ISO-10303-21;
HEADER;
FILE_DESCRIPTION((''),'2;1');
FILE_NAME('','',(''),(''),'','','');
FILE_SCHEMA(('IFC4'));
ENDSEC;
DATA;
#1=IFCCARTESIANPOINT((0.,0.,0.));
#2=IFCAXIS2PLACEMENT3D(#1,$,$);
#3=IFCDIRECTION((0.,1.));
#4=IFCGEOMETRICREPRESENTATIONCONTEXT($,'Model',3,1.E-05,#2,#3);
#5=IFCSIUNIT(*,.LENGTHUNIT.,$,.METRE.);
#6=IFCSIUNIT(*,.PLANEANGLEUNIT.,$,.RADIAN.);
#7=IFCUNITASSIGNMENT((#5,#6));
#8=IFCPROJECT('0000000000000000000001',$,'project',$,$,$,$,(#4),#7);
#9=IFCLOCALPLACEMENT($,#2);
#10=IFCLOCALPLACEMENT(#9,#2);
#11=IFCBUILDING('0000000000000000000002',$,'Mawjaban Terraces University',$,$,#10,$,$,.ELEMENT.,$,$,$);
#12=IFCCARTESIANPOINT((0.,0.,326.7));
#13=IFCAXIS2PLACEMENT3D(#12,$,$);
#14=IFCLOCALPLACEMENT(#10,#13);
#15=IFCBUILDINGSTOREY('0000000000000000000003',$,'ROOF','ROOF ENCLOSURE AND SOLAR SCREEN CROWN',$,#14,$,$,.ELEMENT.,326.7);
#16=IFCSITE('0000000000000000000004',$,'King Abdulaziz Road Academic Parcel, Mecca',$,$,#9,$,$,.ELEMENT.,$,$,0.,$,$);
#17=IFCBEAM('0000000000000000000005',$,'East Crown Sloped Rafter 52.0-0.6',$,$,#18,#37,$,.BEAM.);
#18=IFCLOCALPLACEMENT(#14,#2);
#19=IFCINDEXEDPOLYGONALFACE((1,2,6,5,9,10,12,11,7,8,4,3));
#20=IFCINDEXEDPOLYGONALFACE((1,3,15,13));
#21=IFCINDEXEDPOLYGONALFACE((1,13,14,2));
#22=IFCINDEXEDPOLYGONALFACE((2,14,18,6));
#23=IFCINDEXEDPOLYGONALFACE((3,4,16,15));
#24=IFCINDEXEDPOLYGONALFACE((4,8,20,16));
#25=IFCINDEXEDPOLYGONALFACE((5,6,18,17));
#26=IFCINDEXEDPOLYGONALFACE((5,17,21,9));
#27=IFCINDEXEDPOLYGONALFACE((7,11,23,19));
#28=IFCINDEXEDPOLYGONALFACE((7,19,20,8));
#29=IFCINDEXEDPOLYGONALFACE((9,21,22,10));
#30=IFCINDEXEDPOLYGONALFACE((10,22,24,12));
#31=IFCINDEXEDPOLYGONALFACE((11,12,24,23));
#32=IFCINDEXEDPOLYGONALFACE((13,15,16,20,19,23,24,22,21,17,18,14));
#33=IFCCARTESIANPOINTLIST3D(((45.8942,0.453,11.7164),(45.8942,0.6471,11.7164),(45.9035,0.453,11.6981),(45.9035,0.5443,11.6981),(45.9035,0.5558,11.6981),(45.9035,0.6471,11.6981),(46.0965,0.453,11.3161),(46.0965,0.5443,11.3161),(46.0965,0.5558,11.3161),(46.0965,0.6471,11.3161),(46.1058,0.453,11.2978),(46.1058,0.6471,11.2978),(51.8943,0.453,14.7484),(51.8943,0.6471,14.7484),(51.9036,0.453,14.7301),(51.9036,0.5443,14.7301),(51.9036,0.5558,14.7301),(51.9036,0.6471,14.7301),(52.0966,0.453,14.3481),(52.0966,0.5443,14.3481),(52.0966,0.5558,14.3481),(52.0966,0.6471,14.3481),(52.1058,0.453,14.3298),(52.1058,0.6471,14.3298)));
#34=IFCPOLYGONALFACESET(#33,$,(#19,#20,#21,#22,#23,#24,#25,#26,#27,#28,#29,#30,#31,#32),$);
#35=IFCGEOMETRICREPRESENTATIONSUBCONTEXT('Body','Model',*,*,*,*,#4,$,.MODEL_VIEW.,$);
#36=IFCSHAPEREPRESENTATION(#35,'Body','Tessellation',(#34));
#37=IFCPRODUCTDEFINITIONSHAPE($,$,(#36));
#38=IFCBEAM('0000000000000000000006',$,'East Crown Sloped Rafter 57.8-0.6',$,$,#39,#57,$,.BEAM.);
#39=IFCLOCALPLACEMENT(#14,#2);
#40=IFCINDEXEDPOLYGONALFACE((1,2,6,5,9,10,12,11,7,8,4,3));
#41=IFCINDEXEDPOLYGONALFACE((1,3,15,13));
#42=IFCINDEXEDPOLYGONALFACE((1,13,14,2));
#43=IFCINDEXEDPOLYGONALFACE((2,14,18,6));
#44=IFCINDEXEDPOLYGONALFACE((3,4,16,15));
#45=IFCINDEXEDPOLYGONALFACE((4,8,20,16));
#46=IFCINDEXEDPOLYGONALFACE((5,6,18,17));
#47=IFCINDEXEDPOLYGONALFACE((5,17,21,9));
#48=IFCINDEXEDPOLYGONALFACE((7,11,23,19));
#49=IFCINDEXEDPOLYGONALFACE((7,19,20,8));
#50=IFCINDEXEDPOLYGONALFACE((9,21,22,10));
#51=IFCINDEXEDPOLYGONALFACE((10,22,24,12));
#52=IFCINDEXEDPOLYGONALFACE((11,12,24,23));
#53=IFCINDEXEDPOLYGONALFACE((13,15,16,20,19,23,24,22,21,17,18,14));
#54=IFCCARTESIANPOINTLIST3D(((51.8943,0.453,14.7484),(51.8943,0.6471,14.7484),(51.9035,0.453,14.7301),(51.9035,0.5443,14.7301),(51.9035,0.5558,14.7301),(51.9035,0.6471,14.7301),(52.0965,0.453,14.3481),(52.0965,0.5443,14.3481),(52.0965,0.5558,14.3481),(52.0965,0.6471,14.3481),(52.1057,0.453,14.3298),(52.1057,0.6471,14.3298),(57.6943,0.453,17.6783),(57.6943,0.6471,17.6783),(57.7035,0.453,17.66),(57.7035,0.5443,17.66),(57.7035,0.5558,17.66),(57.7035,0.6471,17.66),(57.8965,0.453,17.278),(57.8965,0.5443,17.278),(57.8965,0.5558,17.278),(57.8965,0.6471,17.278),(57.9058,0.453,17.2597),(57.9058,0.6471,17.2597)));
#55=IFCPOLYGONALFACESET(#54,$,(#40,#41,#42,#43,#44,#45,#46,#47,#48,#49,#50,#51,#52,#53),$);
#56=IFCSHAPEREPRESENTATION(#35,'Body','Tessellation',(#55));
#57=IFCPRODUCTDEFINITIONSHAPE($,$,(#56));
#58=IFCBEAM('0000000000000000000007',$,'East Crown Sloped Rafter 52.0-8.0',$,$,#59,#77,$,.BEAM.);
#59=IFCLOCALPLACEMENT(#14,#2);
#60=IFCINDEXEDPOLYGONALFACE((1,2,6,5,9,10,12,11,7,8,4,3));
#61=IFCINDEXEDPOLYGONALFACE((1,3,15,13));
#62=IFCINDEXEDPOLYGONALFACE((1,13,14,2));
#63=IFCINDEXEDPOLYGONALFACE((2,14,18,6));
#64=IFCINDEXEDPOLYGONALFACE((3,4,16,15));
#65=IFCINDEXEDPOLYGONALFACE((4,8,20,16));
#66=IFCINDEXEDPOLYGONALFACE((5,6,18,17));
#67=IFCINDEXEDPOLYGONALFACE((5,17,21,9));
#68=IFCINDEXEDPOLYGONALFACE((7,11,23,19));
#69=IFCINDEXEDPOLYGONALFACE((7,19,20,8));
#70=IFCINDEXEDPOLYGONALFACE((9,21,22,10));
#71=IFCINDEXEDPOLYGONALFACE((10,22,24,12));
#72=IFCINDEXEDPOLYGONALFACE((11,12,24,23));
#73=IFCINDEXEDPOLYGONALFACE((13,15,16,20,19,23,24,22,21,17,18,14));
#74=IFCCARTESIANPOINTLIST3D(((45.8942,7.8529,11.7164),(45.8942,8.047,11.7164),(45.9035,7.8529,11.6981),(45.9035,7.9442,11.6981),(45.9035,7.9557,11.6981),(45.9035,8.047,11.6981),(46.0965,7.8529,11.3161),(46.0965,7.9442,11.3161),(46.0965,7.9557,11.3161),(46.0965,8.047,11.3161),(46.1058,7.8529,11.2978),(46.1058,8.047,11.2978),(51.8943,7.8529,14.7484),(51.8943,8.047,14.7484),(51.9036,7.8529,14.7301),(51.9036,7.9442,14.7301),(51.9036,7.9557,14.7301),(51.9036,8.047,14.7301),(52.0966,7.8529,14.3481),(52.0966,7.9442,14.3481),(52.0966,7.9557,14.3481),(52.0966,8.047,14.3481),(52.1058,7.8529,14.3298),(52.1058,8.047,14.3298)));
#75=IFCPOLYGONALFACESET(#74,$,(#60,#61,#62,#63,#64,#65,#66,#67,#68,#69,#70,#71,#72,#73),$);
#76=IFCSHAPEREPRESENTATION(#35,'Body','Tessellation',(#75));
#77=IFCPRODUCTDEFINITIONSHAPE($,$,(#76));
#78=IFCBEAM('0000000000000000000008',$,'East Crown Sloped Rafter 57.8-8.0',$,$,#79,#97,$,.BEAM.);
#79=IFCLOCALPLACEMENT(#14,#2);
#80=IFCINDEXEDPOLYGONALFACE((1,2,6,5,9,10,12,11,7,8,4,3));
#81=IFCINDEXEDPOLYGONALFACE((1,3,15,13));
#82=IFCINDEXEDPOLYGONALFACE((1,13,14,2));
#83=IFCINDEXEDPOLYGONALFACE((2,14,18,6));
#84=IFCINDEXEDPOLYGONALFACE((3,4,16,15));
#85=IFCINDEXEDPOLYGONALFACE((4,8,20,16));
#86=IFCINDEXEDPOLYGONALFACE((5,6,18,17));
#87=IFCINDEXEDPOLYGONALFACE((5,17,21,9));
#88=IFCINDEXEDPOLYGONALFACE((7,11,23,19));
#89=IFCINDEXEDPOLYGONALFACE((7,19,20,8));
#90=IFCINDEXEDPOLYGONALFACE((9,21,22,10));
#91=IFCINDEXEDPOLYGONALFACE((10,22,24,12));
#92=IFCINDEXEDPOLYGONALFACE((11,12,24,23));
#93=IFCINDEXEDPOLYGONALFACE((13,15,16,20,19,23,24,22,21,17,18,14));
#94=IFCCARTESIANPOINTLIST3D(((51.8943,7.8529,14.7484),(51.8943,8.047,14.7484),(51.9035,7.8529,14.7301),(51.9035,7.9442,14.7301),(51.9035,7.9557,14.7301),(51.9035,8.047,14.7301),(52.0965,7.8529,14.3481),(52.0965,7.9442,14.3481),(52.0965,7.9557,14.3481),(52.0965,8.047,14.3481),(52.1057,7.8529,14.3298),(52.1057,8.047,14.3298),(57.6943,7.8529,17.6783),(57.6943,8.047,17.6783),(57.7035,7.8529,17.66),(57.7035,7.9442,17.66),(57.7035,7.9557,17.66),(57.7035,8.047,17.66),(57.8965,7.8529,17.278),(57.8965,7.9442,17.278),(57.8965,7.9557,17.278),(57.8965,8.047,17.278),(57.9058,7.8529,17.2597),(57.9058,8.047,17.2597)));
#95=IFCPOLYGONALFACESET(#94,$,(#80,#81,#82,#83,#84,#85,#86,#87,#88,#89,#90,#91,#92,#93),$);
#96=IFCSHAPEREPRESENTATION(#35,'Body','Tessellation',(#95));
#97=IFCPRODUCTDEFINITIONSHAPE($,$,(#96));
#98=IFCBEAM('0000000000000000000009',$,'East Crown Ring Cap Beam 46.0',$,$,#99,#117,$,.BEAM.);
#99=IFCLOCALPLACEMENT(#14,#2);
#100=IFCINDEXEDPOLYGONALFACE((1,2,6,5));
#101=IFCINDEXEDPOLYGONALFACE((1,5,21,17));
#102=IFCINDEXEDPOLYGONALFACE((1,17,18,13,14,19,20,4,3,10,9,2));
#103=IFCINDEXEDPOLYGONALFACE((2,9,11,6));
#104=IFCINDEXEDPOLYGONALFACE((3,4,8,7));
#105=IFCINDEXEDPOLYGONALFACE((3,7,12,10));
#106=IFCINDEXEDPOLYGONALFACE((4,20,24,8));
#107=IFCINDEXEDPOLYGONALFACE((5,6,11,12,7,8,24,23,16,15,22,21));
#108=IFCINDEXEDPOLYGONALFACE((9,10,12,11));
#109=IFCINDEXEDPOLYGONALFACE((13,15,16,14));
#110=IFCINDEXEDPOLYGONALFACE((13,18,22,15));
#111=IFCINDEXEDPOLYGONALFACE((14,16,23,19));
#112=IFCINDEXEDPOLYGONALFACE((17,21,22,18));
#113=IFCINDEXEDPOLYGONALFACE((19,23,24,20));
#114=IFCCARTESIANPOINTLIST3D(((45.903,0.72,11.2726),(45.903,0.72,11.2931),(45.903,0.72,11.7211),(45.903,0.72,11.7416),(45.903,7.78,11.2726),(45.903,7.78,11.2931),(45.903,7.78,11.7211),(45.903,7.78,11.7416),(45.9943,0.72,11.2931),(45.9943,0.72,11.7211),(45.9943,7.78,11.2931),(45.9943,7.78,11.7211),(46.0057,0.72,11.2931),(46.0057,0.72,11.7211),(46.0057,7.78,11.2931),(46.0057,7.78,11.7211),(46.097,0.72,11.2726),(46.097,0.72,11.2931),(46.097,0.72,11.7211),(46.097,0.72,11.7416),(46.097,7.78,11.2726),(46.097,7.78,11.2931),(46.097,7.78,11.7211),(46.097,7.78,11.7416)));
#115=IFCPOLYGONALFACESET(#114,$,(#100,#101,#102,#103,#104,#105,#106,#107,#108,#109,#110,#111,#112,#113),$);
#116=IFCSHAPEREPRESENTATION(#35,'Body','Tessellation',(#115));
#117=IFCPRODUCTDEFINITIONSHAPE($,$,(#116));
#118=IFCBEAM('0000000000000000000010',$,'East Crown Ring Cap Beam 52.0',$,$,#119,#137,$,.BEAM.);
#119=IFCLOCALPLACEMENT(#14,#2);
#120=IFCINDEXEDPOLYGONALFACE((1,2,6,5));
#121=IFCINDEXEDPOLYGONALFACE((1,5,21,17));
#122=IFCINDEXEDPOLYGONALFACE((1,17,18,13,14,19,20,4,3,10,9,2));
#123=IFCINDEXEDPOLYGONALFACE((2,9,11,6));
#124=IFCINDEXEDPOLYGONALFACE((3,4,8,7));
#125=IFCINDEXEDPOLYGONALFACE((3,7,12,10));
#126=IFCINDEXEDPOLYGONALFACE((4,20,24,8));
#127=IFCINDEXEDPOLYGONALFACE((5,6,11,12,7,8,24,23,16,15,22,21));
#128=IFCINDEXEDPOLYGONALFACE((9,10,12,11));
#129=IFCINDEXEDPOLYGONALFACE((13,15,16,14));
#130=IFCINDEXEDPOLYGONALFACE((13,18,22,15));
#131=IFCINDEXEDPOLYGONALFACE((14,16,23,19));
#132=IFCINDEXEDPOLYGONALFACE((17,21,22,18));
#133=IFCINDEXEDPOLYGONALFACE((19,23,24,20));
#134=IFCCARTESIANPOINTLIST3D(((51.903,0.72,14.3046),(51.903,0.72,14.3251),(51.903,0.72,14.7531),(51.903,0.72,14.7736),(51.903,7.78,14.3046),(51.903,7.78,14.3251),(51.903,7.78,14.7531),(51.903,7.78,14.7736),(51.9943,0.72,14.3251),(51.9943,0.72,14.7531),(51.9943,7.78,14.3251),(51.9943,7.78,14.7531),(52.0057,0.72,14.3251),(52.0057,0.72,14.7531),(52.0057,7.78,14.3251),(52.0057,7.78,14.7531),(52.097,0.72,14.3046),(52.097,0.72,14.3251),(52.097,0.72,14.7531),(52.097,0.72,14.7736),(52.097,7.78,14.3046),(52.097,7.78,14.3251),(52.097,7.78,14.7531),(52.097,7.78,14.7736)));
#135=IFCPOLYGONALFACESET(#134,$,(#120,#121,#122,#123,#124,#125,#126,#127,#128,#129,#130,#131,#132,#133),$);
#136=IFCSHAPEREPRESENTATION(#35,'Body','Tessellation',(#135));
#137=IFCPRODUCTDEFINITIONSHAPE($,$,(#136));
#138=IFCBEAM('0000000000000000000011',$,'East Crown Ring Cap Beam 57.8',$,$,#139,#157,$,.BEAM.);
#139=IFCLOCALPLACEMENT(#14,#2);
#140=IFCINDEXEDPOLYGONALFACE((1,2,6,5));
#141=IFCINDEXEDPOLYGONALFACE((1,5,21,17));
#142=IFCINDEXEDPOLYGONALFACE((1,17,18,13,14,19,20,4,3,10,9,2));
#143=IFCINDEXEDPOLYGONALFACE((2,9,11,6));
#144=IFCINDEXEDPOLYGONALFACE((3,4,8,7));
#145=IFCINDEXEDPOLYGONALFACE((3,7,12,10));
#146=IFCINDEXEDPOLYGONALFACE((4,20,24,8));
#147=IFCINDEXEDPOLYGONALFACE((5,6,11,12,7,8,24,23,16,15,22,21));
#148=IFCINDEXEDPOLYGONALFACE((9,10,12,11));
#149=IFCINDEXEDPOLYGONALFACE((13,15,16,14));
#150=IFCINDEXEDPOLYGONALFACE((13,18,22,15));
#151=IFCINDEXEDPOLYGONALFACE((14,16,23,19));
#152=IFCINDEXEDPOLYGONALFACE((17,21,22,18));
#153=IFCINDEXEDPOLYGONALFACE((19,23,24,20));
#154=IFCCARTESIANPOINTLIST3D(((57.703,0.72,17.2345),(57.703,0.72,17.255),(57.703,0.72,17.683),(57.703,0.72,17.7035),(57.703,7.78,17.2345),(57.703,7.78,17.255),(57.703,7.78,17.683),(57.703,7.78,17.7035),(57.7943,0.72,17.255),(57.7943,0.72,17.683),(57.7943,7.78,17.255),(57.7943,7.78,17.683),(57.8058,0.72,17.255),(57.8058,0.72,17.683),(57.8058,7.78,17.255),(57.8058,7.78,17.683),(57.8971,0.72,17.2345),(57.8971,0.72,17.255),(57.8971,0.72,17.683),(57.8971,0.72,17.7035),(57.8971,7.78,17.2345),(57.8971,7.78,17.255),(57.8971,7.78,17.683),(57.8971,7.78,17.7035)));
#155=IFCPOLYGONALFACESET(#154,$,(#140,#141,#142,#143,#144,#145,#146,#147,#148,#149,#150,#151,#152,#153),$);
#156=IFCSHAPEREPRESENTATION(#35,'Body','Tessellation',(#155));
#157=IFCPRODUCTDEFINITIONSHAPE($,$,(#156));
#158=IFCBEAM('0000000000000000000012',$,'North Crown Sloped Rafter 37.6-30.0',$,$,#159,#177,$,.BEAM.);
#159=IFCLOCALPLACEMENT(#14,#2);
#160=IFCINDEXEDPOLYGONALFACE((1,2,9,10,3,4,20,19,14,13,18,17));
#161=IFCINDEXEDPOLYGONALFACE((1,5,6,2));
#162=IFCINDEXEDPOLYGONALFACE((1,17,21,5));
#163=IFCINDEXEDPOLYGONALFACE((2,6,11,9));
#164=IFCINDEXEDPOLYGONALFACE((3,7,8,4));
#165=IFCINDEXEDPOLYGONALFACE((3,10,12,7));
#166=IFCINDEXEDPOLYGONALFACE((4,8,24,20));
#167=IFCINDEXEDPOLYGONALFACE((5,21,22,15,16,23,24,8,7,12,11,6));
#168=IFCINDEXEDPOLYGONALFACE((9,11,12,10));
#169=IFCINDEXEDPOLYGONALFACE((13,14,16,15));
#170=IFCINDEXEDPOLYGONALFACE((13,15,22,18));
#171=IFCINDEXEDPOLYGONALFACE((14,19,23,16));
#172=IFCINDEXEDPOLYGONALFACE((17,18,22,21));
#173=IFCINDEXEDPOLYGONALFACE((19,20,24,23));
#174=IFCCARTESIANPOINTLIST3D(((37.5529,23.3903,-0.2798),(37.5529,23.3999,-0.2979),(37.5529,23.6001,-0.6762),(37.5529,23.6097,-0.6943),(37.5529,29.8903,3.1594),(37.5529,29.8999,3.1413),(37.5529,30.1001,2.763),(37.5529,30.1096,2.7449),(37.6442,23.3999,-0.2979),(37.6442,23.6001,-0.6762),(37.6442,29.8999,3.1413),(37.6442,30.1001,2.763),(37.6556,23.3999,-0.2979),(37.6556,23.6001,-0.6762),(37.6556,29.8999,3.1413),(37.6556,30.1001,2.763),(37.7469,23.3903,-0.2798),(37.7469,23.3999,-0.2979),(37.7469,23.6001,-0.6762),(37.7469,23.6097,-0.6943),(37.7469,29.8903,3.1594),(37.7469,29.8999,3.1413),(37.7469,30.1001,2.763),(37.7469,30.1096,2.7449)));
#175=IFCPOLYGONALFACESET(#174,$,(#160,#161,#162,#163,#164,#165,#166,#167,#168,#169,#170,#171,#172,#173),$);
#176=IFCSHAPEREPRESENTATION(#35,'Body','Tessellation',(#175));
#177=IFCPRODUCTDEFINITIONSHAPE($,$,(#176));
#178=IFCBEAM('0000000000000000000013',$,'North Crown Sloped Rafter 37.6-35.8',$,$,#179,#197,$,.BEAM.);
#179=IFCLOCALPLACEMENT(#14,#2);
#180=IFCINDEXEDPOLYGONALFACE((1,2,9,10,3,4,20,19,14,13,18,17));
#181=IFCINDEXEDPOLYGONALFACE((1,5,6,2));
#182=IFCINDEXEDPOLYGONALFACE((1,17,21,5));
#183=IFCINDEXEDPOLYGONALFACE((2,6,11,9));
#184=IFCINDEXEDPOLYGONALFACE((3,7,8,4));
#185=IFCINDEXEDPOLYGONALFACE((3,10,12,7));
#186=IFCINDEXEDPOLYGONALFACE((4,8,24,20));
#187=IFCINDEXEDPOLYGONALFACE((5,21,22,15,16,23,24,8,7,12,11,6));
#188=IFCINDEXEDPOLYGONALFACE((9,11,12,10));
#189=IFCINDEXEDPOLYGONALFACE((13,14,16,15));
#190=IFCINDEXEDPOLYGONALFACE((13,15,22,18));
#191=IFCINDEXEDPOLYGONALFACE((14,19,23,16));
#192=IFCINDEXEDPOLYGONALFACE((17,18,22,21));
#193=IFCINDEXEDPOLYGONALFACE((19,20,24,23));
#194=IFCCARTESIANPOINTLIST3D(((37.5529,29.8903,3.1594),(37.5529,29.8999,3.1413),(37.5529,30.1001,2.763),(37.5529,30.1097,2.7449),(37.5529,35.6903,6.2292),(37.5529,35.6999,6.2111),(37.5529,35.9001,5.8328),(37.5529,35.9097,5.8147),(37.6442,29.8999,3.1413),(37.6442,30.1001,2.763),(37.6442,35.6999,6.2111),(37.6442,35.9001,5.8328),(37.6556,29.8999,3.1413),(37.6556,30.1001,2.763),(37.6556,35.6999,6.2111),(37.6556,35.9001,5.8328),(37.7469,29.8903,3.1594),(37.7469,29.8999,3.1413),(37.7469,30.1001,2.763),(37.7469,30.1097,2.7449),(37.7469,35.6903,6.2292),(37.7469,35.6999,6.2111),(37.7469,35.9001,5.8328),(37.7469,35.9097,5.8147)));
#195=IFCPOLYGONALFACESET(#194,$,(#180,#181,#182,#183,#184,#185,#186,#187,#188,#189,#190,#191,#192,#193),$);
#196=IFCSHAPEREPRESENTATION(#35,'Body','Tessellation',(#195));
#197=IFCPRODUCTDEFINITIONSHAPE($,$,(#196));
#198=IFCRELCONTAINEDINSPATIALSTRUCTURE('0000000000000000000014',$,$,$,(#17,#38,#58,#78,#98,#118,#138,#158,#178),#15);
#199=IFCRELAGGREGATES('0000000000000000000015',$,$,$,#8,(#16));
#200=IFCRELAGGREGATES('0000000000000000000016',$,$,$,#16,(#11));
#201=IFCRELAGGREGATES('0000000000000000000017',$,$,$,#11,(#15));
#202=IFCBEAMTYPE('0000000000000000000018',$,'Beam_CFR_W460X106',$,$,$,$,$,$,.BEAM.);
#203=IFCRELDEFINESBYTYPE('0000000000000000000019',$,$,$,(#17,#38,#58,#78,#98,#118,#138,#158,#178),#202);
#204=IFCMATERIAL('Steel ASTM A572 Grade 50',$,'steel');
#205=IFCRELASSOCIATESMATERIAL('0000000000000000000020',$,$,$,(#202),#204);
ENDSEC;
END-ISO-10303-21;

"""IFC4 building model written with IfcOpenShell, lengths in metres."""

from ifc_helpers import new_model, si_unit, direction, frame, origin, origin_2d, place, context, subcontext, project, spatial, i_section, extrude, material, material_profile, profile_set, type_object, element, save


model = new_model("IFC4")

# Units and contexts
model_context = context("Model", 3, precision=1e-05, world=origin(), true_north=direction((0.0, 1.0)))
body_context = subcontext(model_context, "Body", "Model", "MODEL_VIEW")
ifc_project = project(units=[si_unit("LENGTHUNIT", "METRE"), si_unit("PLANEANGLEUNIT", "RADIAN")], contexts=[model_context])

# Site, building, storey
site_placement = place(None, origin())
site = spatial("IfcSite", under=ifc_project, at=site_placement, Name="King Abdulaziz Road Academic Parcel, Mecca", CompositionType="ELEMENT", RefElevation=0.0)
building_placement = place(site_placement, origin())
building = spatial("IfcBuilding", under=site, at=building_placement, Name="Mawjaban Terraces University", CompositionType="ELEMENT")
storey_placement = place(building_placement, frame((0.0, 0.0, 326.7)))
storey = spatial("IfcBuildingStorey", under=building, at=storey_placement, Name="ROOF", Description="ROOF ENCLOSURE AND SOLAR SCREEN CROWN", CompositionType="ELEMENT", Elevation=326.7)

# Beams
ifc_material_1 = material(Name="Steel ASTM A572 Grade 50", Category="steel")
ifc_material_profile_1 = material_profile(ifc_material_1, i_section(OverallWidth=0.1941, OverallDepth=0.469, WebThickness=0.0115, FlangeThickness=0.0205, at=origin_2d()), Name="W460X106")
ifc_profile_set_1 = profile_set([ifc_material_profile_1], Name="Steel ASTM A572 Grade 50")
beam_type = type_object("IfcBeamType", Name="Beam_CFR_W460X106", PredefinedType="BEAM", material=ifc_profile_set_1)
beam_1_placement = place(storey_placement, frame((46.0, 0.55, 11.5071), z_axis=(0.892516, 0.0, 0.451016), x_axis=(0.0, 1.0, 0.0)))
element("IfcBeam", 1, at=beam_1_placement, inside=storey, type_object=beam_type, Name="East Crown Sloped Rafter 52.0-0.6", PredefinedType="BEAM", context=body_context, shape_type="SweptSolid", body=[
    extrude(i_section(OverallWidth=0.1941, OverallDepth=0.469, WebThickness=0.0115, FlangeThickness=0.0205, at=origin_2d()), origin(), (0.0, 0.0, 1.0), 6.7227),
])
beam_2_placement = place(storey_placement, frame((52.0, 0.55, 14.5391), z_axis=(0.892579, 0.0, 0.450892), x_axis=(0.0, 1.0, 0.0)))
element("IfcBeam", 2, at=beam_2_placement, inside=storey, type_object=beam_type, Name="East Crown Sloped Rafter 57.8-0.6", PredefinedType="BEAM", context=body_context, shape_type="SweptSolid", body=[
    extrude(i_section(OverallWidth=0.1941, OverallDepth=0.469, WebThickness=0.0115, FlangeThickness=0.0205, at=origin_2d()), origin(), (0.0, 0.0, 1.0), 6.498),
])
beam_3_placement = place(storey_placement, frame((46.0, 7.95, 11.5071), z_axis=(0.892516, 0.0, 0.451016), x_axis=(0.0, 1.0, 0.0)))
element("IfcBeam", 3, at=beam_3_placement, inside=storey, type_object=beam_type, Name="East Crown Sloped Rafter 52.0-8.0", PredefinedType="BEAM", context=body_context, shape_type="SweptSolid", body=[
    extrude(i_section(OverallWidth=0.1941, OverallDepth=0.469, WebThickness=0.0115, FlangeThickness=0.0205, at=origin_2d()), origin(), (0.0, 0.0, 1.0), 6.7227),
])
beam_4_placement = place(storey_placement, frame((52.0, 7.95, 14.5391), z_axis=(0.892579, 0.0, 0.450892), x_axis=(0.0, 1.0, 0.0)))
element("IfcBeam", 4, at=beam_4_placement, inside=storey, type_object=beam_type, Name="East Crown Sloped Rafter 57.8-8.0", PredefinedType="BEAM", context=body_context, shape_type="SweptSolid", body=[
    extrude(i_section(OverallWidth=0.1941, OverallDepth=0.469, WebThickness=0.0115, FlangeThickness=0.0205, at=origin_2d()), origin(), (0.0, 0.0, 1.0), 6.498),
])
for number, where, z_axis, x_axis, name in (
    (5, (46.0, 0.72, 11.5071), (0.0, 1.0, 0.0), (-1.0, 0.0, 0.0), "East Crown Ring Cap Beam 46.0"),
    (6, (52.0, 0.72, 14.5391), (0.0, 1.0, 0.0), (-1.0, 0.0, 0.0), "East Crown Ring Cap Beam 52.0"),
    (7, (57.8, 0.72, 17.469), (0.0, 1.0, 0.0), (-1.0, 0.0, 0.0), "East Crown Ring Cap Beam 57.8"),
):
    element("IfcBeam", number, at=place(storey_placement, frame(where, z_axis=z_axis, x_axis=x_axis)), inside=storey, type_object=beam_type, Name=name, PredefinedType="BEAM", context=body_context, shape_type="SweptSolid", body=[
        extrude(i_section(OverallWidth=0.1941, OverallDepth=0.469, WebThickness=0.0115, FlangeThickness=0.0205, at=origin_2d()), origin(), (0.0, 0.0, 1.0), 7.0601),
    ])
beam_5_placement = place(storey_placement, frame((37.6499, 23.5, -0.4871), z_axis=(0.0, 0.883899, 0.467679), x_axis=(-1.0, 0.0, 0.0)))
element("IfcBeam", 8, at=beam_5_placement, inside=storey, type_object=beam_type, Name="North Crown Sloped Rafter 37.6-30.0", PredefinedType="BEAM", context=body_context, shape_type="SweptSolid", body=[
    extrude(i_section(OverallWidth=0.1941, OverallDepth=0.469, WebThickness=0.0115, FlangeThickness=0.0205, at=origin_2d()), origin(), (0.0, 0.0, 1.0), 7.3538),
])
beam_6_placement = place(storey_placement, frame((37.6499, 30.0, 2.9521), z_axis=(0.0, 0.883838, 0.467794), x_axis=(-1.0, 0.0, 0.0)))
element("IfcBeam", 9, at=beam_6_placement, inside=storey, type_object=beam_type, Name="North Crown Sloped Rafter 37.6-35.8", PredefinedType="BEAM", context=body_context, shape_type="SweptSolid", body=[
    extrude(i_section(OverallWidth=0.1941, OverallDepth=0.469, WebThickness=0.0115, FlangeThickness=0.0205, at=origin_2d()), origin(), (0.0, 0.0, 1.0), 6.5623),
])

save(model, "model.ifc")
